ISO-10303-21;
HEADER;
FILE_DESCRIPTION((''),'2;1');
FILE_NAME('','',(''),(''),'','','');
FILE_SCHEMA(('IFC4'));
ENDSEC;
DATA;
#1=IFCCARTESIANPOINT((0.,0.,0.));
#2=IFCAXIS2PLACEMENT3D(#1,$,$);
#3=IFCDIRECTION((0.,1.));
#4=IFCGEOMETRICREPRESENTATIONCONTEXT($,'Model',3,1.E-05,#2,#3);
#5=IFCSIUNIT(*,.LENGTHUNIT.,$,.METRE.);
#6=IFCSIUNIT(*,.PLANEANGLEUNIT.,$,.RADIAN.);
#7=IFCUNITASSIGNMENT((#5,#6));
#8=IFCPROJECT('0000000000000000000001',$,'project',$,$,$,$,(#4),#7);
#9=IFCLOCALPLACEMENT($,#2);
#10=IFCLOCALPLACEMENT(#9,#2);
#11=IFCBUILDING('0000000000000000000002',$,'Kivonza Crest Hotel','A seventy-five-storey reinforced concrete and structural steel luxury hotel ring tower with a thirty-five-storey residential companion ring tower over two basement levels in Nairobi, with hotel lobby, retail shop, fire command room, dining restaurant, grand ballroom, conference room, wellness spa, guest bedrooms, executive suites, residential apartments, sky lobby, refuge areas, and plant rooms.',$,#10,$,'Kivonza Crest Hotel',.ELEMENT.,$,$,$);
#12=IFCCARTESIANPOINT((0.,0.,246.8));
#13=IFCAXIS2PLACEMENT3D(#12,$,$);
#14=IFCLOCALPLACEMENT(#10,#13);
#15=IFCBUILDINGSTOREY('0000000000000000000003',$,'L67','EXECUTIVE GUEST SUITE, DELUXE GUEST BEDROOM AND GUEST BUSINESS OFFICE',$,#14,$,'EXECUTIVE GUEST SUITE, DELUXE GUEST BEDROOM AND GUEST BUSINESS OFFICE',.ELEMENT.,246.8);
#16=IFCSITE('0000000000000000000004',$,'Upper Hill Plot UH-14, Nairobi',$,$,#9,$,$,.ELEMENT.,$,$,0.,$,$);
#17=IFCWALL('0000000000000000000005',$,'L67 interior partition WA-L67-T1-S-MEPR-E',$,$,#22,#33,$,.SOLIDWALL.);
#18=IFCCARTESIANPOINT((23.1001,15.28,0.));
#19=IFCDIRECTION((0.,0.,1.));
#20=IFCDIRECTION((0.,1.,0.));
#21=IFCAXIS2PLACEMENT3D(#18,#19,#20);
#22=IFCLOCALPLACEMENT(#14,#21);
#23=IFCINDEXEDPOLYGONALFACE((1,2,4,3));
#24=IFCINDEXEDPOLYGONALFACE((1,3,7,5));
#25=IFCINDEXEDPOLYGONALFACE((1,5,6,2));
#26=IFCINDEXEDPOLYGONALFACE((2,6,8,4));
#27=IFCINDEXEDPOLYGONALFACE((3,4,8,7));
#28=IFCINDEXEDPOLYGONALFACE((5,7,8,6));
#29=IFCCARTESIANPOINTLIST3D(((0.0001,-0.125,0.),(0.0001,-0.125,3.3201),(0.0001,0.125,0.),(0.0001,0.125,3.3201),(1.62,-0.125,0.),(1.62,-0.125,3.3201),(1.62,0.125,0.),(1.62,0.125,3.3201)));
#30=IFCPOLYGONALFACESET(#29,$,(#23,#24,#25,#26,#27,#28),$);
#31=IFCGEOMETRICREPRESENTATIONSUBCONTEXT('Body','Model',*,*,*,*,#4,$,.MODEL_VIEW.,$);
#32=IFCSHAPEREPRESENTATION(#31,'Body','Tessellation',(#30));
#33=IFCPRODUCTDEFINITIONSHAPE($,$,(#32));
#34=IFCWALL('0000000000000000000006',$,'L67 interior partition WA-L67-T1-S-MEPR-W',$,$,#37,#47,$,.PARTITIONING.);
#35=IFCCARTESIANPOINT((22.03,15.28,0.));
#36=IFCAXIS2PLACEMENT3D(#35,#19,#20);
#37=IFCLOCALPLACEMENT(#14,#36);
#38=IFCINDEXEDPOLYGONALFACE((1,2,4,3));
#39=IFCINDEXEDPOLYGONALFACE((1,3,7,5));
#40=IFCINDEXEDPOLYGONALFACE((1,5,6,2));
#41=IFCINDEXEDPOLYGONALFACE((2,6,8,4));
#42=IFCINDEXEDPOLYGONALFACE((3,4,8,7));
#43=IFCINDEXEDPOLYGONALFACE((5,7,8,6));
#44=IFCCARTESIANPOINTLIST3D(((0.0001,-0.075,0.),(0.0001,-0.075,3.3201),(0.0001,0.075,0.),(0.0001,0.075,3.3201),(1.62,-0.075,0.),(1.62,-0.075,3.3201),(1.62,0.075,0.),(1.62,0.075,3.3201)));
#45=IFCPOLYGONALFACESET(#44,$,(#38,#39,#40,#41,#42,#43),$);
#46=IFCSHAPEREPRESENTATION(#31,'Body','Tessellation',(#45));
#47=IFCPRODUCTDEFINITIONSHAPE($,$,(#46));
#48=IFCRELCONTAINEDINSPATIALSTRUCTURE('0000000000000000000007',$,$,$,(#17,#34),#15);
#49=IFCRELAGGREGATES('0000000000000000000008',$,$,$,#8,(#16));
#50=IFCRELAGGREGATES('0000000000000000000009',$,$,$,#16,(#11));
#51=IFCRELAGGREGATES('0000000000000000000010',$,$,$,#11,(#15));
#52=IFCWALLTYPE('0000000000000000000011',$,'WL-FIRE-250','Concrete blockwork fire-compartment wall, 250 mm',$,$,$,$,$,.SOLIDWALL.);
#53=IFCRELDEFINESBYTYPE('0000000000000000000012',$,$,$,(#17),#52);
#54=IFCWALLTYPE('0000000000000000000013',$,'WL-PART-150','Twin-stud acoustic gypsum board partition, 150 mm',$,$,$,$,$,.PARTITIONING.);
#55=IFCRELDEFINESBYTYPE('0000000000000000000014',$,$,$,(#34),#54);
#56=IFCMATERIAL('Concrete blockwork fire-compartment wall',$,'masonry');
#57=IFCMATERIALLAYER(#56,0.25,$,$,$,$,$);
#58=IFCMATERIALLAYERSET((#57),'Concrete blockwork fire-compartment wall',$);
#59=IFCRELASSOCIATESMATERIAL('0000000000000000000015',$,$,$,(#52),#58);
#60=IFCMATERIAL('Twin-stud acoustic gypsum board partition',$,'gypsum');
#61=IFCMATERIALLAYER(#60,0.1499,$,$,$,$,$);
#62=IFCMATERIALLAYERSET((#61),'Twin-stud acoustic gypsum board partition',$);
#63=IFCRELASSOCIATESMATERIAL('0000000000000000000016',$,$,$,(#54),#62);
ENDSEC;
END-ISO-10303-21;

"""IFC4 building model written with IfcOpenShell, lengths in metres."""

from ifc_helpers import new_model, si_unit, direction, frame, frame_2d, origin, place, context, subcontext, project, spatial, rectangle, extrude, material, layer, layer_set, type_object, element, save


model = new_model("IFC4")

# Units and contexts
model_context = context("Model", 3, precision=1e-05, world=origin(), true_north=direction((0.0, 1.0)))
body_context = subcontext(model_context, "Body", "Model", "MODEL_VIEW")
ifc_project = project(units=[si_unit("LENGTHUNIT", "METRE"), si_unit("PLANEANGLEUNIT", "RADIAN")], contexts=[model_context])

# Site, building, storey
site_placement = place(None, origin())
site = spatial("IfcSite", under=ifc_project, at=site_placement, Name="Upper Hill Plot UH-14, Nairobi", CompositionType="ELEMENT", RefElevation=0.0)
building_placement = place(site_placement, origin())
building = spatial("IfcBuilding", under=site, at=building_placement, Name="Kivonza Crest Hotel", Description="A seventy-five-storey reinforced concrete and structural steel luxury hotel ring tower with a thirty-five-storey residential companion ring tower over two basement levels in Nairobi, with hotel lobby, retail shop, fire command room, dining restaurant, grand ballroom, conference room, wellness spa, guest bedrooms, executive suites, residential apartments, sky lobby, refuge areas, and plant rooms.", LongName="Kivonza Crest Hotel", CompositionType="ELEMENT")
storey_placement = place(building_placement, frame((0.0, 0.0, 246.8)))
storey = spatial("IfcBuildingStorey", under=building, at=storey_placement, Name="L67", Description="EXECUTIVE GUEST SUITE, DELUXE GUEST BEDROOM AND GUEST BUSINESS OFFICE", LongName="EXECUTIVE GUEST SUITE, DELUXE GUEST BEDROOM AND GUEST BUSINESS OFFICE", CompositionType="ELEMENT", Elevation=246.8)

# Walls
ifc_material_1 = material(Name="Concrete blockwork fire-compartment wall", Category="masonry")
ifc_layer_1 = layer(ifc_material_1, 0.25)
ifc_layer_set_1 = layer_set([ifc_layer_1], Name="Concrete blockwork fire-compartment wall")
wall_type_1 = type_object("IfcWallType", Name="WL-FIRE-250", Description="Concrete blockwork fire-compartment wall, 250 mm", PredefinedType="SOLIDWALL", material=ifc_layer_set_1)
wall_1_placement = place(storey_placement, frame((23.1001, 15.28, 0.0), z_axis=(0.0, 0.0, 1.0), x_axis=(0.0, 1.0, 0.0)))
element("IfcWall", 1, at=wall_1_placement, inside=storey, type_object=wall_type_1, Name="L67 interior partition WA-L67-T1-S-MEPR-E", PredefinedType="SOLIDWALL", context=body_context, shape_type="SweptSolid", body=[
    extrude(rectangle(XDim=1.6199, YDim=0.25, at=frame_2d((0.8101, 0.0))), origin(), (0.0, 0.0, 1.0), 3.3201),
])
ifc_material_2 = material(Name="Twin-stud acoustic gypsum board partition", Category="gypsum")
ifc_layer_2 = layer(ifc_material_2, 0.1499)
ifc_layer_set_2 = layer_set([ifc_layer_2], Name="Twin-stud acoustic gypsum board partition")
wall_type_2 = type_object("IfcWallType", Name="WL-PART-150", Description="Twin-stud acoustic gypsum board partition, 150 mm", PredefinedType="PARTITIONING", material=ifc_layer_set_2)
wall_2_placement = place(storey_placement, frame((22.03, 15.28, 0.0), z_axis=(0.0, 0.0, 1.0), x_axis=(0.0, 1.0, 0.0)))
element("IfcWall", 2, at=wall_2_placement, inside=storey, type_object=wall_type_2, Name="L67 interior partition WA-L67-T1-S-MEPR-W", PredefinedType="PARTITIONING", context=body_context, shape_type="SweptSolid", body=[
    extrude(rectangle(XDim=1.6199, YDim=0.1499, at=frame_2d((0.8101, 0.0))), origin(), (0.0, 0.0, 1.0), 3.3201),
])

save(model, "model.ifc")
